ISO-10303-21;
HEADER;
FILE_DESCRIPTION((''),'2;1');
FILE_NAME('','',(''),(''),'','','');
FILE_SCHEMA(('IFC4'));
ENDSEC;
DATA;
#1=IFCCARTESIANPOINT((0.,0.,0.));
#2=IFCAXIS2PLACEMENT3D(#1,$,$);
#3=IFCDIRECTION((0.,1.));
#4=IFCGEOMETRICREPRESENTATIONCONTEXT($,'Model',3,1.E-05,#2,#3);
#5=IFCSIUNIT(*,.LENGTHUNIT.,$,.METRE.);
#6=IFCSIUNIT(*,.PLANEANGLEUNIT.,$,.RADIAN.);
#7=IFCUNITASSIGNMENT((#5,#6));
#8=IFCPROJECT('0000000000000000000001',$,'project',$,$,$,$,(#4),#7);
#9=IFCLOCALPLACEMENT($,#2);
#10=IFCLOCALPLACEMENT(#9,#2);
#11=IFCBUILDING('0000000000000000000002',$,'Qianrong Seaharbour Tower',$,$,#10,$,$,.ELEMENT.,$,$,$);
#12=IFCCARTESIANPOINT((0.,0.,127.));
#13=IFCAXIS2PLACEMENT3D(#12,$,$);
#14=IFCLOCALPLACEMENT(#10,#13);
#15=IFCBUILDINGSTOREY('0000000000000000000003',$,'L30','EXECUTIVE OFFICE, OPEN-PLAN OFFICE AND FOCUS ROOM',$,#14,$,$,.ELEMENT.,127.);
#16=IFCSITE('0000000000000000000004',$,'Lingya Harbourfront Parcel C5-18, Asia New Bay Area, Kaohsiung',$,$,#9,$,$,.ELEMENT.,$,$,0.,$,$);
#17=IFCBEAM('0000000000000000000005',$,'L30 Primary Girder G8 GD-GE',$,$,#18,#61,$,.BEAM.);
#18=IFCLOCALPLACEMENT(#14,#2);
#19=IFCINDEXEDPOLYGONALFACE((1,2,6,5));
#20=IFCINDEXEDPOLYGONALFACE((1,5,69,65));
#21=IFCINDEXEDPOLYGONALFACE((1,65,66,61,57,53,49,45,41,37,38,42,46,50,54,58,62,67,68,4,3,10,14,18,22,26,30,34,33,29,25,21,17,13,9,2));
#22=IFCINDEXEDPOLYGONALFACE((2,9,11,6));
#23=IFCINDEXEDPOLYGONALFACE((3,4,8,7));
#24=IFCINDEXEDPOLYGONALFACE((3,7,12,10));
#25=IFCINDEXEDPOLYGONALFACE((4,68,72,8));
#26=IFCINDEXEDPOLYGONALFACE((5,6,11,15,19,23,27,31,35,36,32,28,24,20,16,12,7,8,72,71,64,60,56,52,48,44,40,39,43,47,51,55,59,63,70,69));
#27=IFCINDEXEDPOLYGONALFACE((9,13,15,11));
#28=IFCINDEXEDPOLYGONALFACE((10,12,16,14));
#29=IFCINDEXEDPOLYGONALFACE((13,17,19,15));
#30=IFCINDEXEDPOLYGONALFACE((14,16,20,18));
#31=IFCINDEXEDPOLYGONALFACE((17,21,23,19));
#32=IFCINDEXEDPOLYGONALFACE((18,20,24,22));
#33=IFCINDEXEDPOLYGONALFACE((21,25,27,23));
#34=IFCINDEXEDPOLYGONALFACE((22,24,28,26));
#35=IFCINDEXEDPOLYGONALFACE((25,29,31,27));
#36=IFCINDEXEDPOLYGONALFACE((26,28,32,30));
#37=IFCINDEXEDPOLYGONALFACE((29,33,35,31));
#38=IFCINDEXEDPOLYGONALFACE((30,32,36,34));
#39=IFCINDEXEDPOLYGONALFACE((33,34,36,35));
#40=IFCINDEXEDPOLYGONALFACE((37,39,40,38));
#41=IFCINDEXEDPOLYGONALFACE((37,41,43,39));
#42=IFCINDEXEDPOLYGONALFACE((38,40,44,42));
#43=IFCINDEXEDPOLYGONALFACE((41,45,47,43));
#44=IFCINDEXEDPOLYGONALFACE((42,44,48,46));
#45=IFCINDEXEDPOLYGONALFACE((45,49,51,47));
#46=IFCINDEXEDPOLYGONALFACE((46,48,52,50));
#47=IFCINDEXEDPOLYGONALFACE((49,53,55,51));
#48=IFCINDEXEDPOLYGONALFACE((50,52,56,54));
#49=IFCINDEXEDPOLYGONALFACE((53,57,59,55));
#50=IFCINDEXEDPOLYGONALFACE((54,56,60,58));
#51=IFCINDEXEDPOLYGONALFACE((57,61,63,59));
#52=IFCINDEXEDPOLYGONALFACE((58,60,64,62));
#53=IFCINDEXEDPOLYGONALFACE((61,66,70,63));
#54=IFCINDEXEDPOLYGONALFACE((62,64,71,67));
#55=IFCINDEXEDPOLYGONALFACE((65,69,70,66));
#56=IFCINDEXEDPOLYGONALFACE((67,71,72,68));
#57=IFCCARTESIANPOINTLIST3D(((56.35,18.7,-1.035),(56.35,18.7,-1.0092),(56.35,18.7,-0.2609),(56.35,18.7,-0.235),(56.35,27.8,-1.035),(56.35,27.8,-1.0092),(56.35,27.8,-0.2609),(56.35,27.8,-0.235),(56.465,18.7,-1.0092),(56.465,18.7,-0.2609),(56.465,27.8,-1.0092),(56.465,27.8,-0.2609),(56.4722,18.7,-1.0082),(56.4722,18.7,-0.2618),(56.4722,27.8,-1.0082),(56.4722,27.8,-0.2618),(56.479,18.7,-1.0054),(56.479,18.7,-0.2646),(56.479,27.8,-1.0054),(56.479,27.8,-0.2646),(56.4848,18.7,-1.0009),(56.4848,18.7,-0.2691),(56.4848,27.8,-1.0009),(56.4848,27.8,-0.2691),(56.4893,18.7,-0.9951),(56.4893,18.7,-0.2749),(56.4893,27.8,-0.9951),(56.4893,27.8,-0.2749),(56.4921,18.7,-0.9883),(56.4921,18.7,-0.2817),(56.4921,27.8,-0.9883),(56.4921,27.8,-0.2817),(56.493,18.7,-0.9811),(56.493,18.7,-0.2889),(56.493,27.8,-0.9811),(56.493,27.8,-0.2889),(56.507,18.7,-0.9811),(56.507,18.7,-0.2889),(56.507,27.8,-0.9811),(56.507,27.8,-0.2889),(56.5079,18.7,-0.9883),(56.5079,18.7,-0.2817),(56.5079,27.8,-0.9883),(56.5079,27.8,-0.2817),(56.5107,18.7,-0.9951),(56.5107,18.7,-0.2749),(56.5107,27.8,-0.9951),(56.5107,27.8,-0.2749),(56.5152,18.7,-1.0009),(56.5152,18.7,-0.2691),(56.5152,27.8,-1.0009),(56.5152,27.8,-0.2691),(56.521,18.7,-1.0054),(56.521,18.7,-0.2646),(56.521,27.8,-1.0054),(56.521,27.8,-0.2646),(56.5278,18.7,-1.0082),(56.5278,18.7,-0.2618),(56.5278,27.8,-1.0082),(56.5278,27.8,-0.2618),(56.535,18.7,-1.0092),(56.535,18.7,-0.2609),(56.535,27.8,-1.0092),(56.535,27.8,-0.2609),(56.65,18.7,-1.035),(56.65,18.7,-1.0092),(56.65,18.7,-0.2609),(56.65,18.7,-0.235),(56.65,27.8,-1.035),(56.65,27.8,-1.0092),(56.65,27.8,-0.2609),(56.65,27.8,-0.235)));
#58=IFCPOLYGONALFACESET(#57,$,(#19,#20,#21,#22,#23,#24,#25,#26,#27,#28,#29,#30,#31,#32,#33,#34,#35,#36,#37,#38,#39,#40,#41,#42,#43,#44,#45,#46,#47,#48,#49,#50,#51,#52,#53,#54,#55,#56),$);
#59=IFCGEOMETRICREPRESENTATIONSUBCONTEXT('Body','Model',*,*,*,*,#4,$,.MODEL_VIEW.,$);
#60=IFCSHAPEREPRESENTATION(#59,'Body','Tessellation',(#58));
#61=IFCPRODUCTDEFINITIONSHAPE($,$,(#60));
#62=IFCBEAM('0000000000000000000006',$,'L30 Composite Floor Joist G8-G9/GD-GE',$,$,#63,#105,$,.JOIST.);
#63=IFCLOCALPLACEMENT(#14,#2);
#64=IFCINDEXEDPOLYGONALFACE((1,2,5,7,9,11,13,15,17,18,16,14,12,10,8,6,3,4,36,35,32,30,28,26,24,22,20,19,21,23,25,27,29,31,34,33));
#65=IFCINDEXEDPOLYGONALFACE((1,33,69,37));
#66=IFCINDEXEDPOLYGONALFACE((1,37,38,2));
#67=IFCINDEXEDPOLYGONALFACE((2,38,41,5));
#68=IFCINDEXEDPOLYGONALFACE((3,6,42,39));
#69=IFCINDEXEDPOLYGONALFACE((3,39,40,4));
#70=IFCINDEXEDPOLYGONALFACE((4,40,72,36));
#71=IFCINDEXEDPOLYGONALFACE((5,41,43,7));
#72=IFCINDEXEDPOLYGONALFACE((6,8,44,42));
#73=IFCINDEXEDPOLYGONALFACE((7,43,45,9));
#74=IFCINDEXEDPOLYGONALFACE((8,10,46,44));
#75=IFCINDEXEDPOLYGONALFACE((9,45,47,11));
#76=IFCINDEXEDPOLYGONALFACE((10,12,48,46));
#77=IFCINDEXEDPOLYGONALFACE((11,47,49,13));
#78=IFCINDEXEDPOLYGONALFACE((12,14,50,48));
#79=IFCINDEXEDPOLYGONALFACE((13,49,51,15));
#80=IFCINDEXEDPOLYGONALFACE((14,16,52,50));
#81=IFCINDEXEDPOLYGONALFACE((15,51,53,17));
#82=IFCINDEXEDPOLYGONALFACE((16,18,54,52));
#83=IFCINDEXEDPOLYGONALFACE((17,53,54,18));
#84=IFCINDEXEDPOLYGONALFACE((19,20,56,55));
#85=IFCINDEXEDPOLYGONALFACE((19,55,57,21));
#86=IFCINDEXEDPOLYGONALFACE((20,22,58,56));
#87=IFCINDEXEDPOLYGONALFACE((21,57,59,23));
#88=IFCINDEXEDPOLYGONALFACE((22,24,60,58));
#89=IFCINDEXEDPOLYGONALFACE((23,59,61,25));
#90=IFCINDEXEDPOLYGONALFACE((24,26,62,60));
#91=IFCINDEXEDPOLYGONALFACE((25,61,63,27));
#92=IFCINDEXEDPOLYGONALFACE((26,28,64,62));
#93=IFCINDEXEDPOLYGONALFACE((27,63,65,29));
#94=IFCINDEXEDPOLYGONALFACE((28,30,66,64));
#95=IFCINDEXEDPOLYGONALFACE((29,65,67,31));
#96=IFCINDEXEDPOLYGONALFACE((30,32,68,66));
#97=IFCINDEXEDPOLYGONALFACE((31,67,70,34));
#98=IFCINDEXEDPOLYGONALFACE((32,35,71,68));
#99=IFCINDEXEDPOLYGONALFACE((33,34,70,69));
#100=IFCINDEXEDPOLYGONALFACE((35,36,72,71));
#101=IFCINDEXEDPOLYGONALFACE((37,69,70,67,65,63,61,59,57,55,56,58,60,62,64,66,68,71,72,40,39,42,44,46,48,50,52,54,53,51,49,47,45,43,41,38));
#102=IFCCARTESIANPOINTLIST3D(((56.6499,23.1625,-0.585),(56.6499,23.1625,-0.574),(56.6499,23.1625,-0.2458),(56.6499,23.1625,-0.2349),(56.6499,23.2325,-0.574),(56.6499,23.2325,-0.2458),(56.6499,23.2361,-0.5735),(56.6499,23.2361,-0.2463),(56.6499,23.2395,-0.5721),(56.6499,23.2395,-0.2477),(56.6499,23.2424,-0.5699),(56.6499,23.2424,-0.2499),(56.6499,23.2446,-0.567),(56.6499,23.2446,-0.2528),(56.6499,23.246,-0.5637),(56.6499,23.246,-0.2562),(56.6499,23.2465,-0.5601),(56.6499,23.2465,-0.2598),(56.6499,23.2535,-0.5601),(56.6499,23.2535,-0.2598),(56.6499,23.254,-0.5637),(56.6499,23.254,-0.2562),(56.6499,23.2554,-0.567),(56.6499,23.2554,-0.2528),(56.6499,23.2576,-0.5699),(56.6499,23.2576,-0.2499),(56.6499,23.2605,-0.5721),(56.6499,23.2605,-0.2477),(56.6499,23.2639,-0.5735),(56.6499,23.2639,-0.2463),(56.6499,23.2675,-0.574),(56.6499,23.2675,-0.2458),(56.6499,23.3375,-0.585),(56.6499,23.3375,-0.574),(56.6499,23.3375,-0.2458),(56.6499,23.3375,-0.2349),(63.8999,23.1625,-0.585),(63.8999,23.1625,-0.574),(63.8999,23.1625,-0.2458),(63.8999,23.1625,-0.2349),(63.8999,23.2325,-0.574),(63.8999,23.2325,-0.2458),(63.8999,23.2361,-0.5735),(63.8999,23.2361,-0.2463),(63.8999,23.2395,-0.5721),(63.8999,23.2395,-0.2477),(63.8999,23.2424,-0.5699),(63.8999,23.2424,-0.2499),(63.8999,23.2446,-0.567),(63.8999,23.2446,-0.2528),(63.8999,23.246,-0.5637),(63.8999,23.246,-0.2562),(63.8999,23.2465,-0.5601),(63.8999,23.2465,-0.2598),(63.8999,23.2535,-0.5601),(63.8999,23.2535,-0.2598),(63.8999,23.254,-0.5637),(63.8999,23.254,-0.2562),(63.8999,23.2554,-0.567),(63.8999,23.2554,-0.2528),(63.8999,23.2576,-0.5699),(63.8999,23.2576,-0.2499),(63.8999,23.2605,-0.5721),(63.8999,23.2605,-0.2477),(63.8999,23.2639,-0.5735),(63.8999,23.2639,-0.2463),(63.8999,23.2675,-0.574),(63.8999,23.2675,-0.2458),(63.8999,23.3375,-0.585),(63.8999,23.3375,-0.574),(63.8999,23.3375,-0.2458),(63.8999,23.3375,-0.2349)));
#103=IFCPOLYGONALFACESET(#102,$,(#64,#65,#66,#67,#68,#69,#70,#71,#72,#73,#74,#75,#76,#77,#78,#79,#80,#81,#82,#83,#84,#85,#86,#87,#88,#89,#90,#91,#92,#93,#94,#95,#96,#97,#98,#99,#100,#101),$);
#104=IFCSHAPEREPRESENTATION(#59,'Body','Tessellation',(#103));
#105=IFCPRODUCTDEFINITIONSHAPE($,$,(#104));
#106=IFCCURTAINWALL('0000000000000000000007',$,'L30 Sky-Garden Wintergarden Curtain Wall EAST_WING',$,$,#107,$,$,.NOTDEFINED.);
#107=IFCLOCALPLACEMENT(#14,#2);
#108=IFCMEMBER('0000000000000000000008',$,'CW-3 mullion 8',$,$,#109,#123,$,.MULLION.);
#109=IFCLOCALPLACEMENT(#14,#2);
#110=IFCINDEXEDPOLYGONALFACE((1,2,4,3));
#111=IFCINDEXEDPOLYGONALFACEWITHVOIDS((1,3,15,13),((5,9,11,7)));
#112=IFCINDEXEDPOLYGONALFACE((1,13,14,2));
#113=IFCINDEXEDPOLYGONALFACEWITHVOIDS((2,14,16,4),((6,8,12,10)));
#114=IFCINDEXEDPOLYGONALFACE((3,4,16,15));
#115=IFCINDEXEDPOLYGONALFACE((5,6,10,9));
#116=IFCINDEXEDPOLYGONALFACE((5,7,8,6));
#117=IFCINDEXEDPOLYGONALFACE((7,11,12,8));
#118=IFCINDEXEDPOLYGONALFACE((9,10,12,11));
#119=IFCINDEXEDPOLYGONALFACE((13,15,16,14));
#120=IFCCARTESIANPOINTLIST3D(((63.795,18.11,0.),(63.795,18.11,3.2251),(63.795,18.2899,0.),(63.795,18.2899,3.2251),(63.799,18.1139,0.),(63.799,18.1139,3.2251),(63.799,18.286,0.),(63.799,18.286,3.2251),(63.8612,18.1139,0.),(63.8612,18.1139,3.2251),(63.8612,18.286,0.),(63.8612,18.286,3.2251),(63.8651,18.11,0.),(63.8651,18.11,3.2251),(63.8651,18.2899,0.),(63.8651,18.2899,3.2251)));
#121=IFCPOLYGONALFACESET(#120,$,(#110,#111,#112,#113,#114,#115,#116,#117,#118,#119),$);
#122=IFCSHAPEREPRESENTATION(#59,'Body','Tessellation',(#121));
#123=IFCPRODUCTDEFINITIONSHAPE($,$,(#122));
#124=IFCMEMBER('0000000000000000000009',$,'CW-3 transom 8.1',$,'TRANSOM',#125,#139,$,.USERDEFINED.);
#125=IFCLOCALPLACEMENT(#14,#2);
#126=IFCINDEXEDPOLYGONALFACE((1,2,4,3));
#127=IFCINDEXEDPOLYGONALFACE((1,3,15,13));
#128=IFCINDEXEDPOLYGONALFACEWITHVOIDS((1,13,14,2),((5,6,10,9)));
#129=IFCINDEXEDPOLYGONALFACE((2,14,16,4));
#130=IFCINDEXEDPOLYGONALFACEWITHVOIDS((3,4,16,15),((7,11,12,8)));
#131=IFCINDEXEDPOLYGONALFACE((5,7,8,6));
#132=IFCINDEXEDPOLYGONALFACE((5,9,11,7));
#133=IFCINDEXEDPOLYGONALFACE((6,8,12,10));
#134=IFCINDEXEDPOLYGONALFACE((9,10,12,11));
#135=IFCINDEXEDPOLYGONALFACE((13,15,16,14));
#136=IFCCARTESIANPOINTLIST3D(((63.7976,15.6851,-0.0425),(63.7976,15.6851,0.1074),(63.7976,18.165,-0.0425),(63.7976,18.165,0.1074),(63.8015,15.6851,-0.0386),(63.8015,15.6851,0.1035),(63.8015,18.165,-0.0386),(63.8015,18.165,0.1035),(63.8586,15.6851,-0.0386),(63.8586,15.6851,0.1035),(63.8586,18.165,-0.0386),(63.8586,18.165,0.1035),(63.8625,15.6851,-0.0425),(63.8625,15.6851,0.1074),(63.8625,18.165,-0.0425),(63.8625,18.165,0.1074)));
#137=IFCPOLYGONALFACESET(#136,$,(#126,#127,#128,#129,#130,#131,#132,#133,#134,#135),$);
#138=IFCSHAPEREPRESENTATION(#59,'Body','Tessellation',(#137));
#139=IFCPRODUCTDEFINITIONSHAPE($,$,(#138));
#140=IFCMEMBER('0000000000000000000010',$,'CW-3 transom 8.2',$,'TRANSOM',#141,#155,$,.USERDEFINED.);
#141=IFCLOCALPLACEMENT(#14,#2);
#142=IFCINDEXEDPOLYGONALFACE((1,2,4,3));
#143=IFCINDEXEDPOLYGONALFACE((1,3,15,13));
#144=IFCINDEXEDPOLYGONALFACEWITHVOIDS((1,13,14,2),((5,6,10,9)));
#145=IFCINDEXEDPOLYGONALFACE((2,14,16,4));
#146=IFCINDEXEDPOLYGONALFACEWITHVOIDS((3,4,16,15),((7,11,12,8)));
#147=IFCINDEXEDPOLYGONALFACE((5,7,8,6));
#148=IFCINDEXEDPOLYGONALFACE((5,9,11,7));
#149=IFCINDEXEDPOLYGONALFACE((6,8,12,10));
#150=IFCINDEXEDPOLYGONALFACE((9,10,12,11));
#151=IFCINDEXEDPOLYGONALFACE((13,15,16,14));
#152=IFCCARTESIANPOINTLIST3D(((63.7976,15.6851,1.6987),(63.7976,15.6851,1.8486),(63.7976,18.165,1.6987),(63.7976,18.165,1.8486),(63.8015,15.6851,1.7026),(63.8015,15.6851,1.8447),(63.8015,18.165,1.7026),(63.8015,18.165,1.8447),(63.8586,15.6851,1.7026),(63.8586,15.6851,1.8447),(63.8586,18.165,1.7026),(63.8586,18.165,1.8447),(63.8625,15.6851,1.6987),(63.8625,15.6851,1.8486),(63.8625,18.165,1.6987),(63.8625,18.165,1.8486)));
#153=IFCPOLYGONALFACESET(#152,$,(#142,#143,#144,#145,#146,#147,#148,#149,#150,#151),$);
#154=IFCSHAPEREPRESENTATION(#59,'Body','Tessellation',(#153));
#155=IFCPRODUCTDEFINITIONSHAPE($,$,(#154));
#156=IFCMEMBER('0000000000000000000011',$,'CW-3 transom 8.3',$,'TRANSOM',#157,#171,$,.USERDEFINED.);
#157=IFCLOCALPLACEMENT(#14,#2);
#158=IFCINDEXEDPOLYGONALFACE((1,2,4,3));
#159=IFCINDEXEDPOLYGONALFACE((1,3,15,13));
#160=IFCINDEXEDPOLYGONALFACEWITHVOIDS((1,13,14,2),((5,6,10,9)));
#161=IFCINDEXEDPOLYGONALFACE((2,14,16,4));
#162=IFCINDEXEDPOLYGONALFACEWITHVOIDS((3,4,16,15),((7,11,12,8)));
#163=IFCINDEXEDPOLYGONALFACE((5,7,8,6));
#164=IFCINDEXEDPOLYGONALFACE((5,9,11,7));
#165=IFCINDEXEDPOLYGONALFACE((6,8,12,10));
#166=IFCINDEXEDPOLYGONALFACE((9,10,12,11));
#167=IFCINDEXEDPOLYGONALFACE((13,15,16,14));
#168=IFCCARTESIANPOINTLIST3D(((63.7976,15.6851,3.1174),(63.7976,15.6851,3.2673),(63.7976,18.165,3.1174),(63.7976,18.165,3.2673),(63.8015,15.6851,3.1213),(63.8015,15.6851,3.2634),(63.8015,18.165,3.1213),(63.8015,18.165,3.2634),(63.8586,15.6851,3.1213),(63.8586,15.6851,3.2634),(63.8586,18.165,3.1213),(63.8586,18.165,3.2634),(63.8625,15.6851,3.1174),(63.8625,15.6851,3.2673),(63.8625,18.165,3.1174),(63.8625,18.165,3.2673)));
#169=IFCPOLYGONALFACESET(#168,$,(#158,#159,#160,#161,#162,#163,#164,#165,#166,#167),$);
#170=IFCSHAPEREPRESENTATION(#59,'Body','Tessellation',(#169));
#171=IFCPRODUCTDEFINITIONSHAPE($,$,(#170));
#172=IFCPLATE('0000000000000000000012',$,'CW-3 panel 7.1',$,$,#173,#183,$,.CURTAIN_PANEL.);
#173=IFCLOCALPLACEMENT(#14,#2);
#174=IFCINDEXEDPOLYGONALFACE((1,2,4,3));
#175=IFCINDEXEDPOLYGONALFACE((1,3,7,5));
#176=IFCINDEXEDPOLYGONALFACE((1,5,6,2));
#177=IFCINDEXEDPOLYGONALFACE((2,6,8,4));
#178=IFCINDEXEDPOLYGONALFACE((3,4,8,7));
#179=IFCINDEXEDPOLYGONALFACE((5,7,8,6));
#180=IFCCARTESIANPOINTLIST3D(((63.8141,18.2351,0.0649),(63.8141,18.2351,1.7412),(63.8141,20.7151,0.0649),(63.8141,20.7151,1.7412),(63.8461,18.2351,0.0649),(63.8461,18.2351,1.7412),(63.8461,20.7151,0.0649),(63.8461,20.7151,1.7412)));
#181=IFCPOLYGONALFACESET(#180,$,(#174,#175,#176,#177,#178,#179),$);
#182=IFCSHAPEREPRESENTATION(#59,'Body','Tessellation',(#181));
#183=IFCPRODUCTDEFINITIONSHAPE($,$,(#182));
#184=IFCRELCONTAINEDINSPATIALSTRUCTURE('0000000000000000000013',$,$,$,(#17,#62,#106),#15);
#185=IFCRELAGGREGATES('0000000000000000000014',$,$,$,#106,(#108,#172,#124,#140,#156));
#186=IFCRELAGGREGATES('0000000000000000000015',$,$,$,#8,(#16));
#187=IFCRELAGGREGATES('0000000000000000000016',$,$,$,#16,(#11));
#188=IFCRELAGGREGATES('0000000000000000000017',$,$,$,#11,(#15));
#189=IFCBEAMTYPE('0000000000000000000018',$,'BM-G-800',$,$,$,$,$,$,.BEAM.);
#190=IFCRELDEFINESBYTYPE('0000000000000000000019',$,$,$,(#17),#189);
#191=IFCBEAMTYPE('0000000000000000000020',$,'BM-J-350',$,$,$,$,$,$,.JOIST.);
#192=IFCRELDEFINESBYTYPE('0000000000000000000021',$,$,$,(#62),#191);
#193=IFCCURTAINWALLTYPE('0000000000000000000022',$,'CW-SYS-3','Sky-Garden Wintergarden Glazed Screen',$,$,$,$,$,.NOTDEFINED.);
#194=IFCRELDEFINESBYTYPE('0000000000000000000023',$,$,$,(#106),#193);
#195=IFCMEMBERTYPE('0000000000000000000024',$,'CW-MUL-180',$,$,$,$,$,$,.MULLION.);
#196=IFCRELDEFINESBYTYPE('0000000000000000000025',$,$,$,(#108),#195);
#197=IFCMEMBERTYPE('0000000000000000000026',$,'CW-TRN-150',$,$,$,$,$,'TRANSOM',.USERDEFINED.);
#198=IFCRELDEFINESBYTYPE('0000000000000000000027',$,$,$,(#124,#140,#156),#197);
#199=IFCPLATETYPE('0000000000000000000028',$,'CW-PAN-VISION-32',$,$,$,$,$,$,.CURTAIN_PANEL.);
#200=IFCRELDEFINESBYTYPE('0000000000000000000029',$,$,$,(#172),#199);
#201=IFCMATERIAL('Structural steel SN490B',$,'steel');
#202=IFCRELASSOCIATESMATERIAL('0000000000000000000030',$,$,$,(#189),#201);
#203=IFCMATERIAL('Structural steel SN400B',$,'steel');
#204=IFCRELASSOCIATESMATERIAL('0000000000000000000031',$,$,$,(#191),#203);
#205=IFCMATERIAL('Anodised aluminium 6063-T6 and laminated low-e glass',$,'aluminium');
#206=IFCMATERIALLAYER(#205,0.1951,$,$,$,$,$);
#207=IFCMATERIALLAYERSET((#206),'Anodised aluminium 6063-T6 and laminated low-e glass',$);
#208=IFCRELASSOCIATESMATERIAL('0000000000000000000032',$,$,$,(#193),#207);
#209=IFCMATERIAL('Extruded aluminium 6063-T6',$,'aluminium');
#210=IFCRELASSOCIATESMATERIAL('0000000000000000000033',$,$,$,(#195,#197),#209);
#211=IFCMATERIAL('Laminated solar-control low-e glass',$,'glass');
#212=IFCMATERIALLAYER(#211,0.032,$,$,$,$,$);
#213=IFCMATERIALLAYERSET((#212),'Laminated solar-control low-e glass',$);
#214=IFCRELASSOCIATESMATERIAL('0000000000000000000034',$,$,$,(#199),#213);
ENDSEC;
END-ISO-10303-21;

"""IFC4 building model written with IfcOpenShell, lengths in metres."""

from ifc_helpers import new_model, si_unit, direction, frame, origin, origin_2d, place, context, subcontext, project, spatial, rectangle, hollow_rectangle, i_section, extrude, material, layer, layer_set, material_profile, profile_set, type_object, element, aggregate, save


model = new_model("IFC4")

# Units and contexts
model_context = context("Model", 3, precision=1e-05, world=origin(), true_north=direction((0.0, 1.0)))
body_context = subcontext(model_context, "Body", "Model", "MODEL_VIEW")
ifc_project = project(units=[si_unit("LENGTHUNIT", "METRE"), si_unit("PLANEANGLEUNIT", "RADIAN")], contexts=[model_context])

# Site, building, storey
site_placement = place(None, origin())
site = spatial("IfcSite", under=ifc_project, at=site_placement, Name="Lingya Harbourfront Parcel C5-18, Asia New Bay Area, Kaohsiung", CompositionType="ELEMENT", RefElevation=0.0)
building_placement = place(site_placement, origin())
building = spatial("IfcBuilding", under=site, at=building_placement, Name="Qianrong Seaharbour Tower", CompositionType="ELEMENT")
storey_placement = place(building_placement, frame((0.0, 0.0, 127.0)))
storey = spatial("IfcBuildingStorey", under=building, at=storey_placement, Name="L30", Description="EXECUTIVE OFFICE, OPEN-PLAN OFFICE AND FOCUS ROOM", CompositionType="ELEMENT", Elevation=127.0)

# Shared definitions
ifc_material_1 = material(Name="Structural steel SN490B", Category="steel")

# Beams
ifc_material_profile_1 = material_profile(ifc_material_1, i_section(OverallWidth=0.3, OverallDepth=0.8, WebThickness=0.0139, FlangeThickness=0.0259, FilletRadius=0.0281, at=origin_2d()), Name="H800x300x14x26")
ifc_profile_set_1 = profile_set([ifc_material_profile_1], Name="Structural steel SN490B")
beam_type_1 = type_object("IfcBeamType", Name="BM-G-800", PredefinedType="BEAM", material=ifc_profile_set_1)
beam_1_placement = place(storey_placement, frame((56.5, 18.7, -0.635), z_axis=(0.0, 1.0, 0.0), x_axis=(-1.0, 0.0, 0.0)))
element("IfcBeam", 1, at=beam_1_placement, inside=storey, type_object=beam_type_1, Name="L30 Primary Girder G8 GD-GE", PredefinedType="BEAM", context=body_context, shape_type="SweptSolid", body=[
    extrude(i_section(OverallWidth=0.3, OverallDepth=0.8, WebThickness=0.0139, FlangeThickness=0.0259, FilletRadius=0.0281, at=origin_2d()), origin(), (0.0, 0.0, 1.0), 9.1001),
])
ifc_material_2 = material(Name="Structural steel SN400B", Category="steel")
ifc_material_profile_2 = material_profile(ifc_material_2, i_section(OverallWidth=0.175, OverallDepth=0.3501, WebThickness=0.0071, FlangeThickness=0.011, FilletRadius=0.0139, at=origin_2d()), Name="H350x175x7x11")
ifc_profile_set_2 = profile_set([ifc_material_profile_2], Name="Structural steel SN400B")
beam_type_2 = type_object("IfcBeamType", Name="BM-J-350", PredefinedType="JOIST", material=ifc_profile_set_2)
beam_2_placement = place(storey_placement, frame((56.6499, 23.25, -0.4099), z_axis=(1.0, 0.0, 0.0), x_axis=(0.0, 1.0, 0.0)))
element("IfcBeam", 2, at=beam_2_placement, inside=storey, type_object=beam_type_2, Name="L30 Composite Floor Joist G8-G9/GD-GE", PredefinedType="JOIST", context=body_context, shape_type="SweptSolid", body=[
    extrude(i_section(OverallWidth=0.175, OverallDepth=0.3501, WebThickness=0.0071, FlangeThickness=0.011, FilletRadius=0.0139, at=origin_2d()), origin(), (0.0, 0.0, 1.0), 7.25),
])

# Curtain wall, members, plate
ifc_material_3 = material(Name="Anodised aluminium 6063-T6 and laminated low-e glass", Category="aluminium")
ifc_layer_1 = layer(ifc_material_3, 0.1951)
ifc_layer_set_1 = layer_set([ifc_layer_1], Name="Anodised aluminium 6063-T6 and laminated low-e glass")
curtain_wall_type = type_object("IfcCurtainWallType", Name="CW-SYS-3", Description="Sky-Garden Wintergarden Glazed Screen", PredefinedType="NOTDEFINED", material=ifc_layer_set_1)
curtain_wall_placement = place(storey_placement, origin())
curtain_wall = element("IfcCurtainWall", 3, at=curtain_wall_placement, inside=storey, type_object=curtain_wall_type, Name="L30 Sky-Garden Wintergarden Curtain Wall EAST_WING", PredefinedType="NOTDEFINED")
ifc_material_4 = material(Name="Extruded aluminium 6063-T6", Category="aluminium")
ifc_material_profile_3 = material_profile(ifc_material_4, hollow_rectangle(XDim=0.0701, YDim=0.1799, WallThickness=0.0039, at=origin_2d()), Name="ALU-MUL-180x70x4")
ifc_profile_set_3 = profile_set([ifc_material_profile_3], Name="Extruded aluminium 6063-T6")
member_type_1 = type_object("IfcMemberType", Name="CW-MUL-180", PredefinedType="MULLION", material=ifc_profile_set_3)
member_1_placement = place(storey_placement, frame((63.8301, 18.2, 0.0), z_axis=(0.0, 0.0, 1.0), x_axis=(1.0, 0.0, 0.0)))
member_1 = element("IfcMember", 4, at=member_1_placement, type_object=member_type_1, Name="CW-3 mullion 8", PredefinedType="MULLION", context=body_context, shape_type="SweptSolid", body=[
    extrude(hollow_rectangle(XDim=0.0701, YDim=0.1799, WallThickness=0.0039, at=origin_2d()), origin(), (0.0, 0.0, 1.0), 3.2251),
])
ifc_material_profile_4 = material_profile(ifc_material_4, hollow_rectangle(XDim=0.0649, YDim=0.1499, WallThickness=0.0039, at=origin_2d()), Name="ALU-TRN-150x65x4")
ifc_profile_set_4 = profile_set([ifc_material_profile_4], Name="Extruded aluminium 6063-T6")
member_type_2 = type_object("IfcMemberType", Name="CW-TRN-150", ElementType="TRANSOM", PredefinedType="USERDEFINED", material=ifc_profile_set_4)
member_2_placement = place(storey_placement, frame((63.8301, 18.165, 0.0325), z_axis=(0.0, -1.0, 0.0), x_axis=(1.0, 0.0, 0.0)))
member_2 = element("IfcMember", 5, at=member_2_placement, type_object=member_type_2, Name="CW-3 transom 8.1", ObjectType="TRANSOM", PredefinedType="USERDEFINED", context=body_context, shape_type="SweptSolid", body=[
    extrude(hollow_rectangle(XDim=0.0649, YDim=0.1499, WallThickness=0.0039, at=origin_2d()), origin(), (0.0, 0.0, 1.0), 2.48),
])
member_3_placement = place(storey_placement, frame((63.8301, 18.165, 1.7737), z_axis=(0.0, -1.0, 0.0), x_axis=(1.0, 0.0, 0.0)))
member_3 = element("IfcMember", 6, at=member_3_placement, type_object=member_type_2, Name="CW-3 transom 8.2", ObjectType="TRANSOM", PredefinedType="USERDEFINED", context=body_context, shape_type="SweptSolid", body=[
    extrude(hollow_rectangle(XDim=0.0649, YDim=0.1499, WallThickness=0.0039, at=origin_2d()), origin(), (0.0, 0.0, 1.0), 2.48),
])
member_4_placement = place(storey_placement, frame((63.8301, 18.165, 3.1924), z_axis=(0.0, -1.0, 0.0), x_axis=(1.0, 0.0, 0.0)))
member_4 = element("IfcMember", 7, at=member_4_placement, type_object=member_type_2, Name="CW-3 transom 8.3", ObjectType="TRANSOM", PredefinedType="USERDEFINED", context=body_context, shape_type="SweptSolid", body=[
    extrude(hollow_rectangle(XDim=0.0649, YDim=0.1499, WallThickness=0.0039, at=origin_2d()), origin(), (0.0, 0.0, 1.0), 2.48),
])
ifc_material_5 = material(Name="Laminated solar-control low-e glass", Category="glass")
ifc_layer_2 = layer(ifc_material_5, 0.032)
ifc_layer_set_2 = layer_set([ifc_layer_2], Name="Laminated solar-control low-e glass")
plate_type = type_object("IfcPlateType", Name="CW-PAN-VISION-32", PredefinedType="CURTAIN_PANEL", material=ifc_layer_set_2)
plate_1_placement = place(storey_placement, frame((63.8301, 19.4751, 0.0649), z_axis=(0.0, 0.0, 1.0), x_axis=(0.0, -1.0, 0.0)))
plate_1 = element("IfcPlate", 8, at=plate_1_placement, type_object=plate_type, Name="CW-3 panel 7.1", PredefinedType="CURTAIN_PANEL", context=body_context, shape_type="SweptSolid", body=[
    extrude(rectangle(XDim=2.48, YDim=0.032, at=origin_2d()), origin(), (0.0, 0.0, 1.0), 1.6763),
])
aggregate(curtain_wall, [member_1, plate_1, member_2, member_3, member_4])

save(model, "model.ifc")
